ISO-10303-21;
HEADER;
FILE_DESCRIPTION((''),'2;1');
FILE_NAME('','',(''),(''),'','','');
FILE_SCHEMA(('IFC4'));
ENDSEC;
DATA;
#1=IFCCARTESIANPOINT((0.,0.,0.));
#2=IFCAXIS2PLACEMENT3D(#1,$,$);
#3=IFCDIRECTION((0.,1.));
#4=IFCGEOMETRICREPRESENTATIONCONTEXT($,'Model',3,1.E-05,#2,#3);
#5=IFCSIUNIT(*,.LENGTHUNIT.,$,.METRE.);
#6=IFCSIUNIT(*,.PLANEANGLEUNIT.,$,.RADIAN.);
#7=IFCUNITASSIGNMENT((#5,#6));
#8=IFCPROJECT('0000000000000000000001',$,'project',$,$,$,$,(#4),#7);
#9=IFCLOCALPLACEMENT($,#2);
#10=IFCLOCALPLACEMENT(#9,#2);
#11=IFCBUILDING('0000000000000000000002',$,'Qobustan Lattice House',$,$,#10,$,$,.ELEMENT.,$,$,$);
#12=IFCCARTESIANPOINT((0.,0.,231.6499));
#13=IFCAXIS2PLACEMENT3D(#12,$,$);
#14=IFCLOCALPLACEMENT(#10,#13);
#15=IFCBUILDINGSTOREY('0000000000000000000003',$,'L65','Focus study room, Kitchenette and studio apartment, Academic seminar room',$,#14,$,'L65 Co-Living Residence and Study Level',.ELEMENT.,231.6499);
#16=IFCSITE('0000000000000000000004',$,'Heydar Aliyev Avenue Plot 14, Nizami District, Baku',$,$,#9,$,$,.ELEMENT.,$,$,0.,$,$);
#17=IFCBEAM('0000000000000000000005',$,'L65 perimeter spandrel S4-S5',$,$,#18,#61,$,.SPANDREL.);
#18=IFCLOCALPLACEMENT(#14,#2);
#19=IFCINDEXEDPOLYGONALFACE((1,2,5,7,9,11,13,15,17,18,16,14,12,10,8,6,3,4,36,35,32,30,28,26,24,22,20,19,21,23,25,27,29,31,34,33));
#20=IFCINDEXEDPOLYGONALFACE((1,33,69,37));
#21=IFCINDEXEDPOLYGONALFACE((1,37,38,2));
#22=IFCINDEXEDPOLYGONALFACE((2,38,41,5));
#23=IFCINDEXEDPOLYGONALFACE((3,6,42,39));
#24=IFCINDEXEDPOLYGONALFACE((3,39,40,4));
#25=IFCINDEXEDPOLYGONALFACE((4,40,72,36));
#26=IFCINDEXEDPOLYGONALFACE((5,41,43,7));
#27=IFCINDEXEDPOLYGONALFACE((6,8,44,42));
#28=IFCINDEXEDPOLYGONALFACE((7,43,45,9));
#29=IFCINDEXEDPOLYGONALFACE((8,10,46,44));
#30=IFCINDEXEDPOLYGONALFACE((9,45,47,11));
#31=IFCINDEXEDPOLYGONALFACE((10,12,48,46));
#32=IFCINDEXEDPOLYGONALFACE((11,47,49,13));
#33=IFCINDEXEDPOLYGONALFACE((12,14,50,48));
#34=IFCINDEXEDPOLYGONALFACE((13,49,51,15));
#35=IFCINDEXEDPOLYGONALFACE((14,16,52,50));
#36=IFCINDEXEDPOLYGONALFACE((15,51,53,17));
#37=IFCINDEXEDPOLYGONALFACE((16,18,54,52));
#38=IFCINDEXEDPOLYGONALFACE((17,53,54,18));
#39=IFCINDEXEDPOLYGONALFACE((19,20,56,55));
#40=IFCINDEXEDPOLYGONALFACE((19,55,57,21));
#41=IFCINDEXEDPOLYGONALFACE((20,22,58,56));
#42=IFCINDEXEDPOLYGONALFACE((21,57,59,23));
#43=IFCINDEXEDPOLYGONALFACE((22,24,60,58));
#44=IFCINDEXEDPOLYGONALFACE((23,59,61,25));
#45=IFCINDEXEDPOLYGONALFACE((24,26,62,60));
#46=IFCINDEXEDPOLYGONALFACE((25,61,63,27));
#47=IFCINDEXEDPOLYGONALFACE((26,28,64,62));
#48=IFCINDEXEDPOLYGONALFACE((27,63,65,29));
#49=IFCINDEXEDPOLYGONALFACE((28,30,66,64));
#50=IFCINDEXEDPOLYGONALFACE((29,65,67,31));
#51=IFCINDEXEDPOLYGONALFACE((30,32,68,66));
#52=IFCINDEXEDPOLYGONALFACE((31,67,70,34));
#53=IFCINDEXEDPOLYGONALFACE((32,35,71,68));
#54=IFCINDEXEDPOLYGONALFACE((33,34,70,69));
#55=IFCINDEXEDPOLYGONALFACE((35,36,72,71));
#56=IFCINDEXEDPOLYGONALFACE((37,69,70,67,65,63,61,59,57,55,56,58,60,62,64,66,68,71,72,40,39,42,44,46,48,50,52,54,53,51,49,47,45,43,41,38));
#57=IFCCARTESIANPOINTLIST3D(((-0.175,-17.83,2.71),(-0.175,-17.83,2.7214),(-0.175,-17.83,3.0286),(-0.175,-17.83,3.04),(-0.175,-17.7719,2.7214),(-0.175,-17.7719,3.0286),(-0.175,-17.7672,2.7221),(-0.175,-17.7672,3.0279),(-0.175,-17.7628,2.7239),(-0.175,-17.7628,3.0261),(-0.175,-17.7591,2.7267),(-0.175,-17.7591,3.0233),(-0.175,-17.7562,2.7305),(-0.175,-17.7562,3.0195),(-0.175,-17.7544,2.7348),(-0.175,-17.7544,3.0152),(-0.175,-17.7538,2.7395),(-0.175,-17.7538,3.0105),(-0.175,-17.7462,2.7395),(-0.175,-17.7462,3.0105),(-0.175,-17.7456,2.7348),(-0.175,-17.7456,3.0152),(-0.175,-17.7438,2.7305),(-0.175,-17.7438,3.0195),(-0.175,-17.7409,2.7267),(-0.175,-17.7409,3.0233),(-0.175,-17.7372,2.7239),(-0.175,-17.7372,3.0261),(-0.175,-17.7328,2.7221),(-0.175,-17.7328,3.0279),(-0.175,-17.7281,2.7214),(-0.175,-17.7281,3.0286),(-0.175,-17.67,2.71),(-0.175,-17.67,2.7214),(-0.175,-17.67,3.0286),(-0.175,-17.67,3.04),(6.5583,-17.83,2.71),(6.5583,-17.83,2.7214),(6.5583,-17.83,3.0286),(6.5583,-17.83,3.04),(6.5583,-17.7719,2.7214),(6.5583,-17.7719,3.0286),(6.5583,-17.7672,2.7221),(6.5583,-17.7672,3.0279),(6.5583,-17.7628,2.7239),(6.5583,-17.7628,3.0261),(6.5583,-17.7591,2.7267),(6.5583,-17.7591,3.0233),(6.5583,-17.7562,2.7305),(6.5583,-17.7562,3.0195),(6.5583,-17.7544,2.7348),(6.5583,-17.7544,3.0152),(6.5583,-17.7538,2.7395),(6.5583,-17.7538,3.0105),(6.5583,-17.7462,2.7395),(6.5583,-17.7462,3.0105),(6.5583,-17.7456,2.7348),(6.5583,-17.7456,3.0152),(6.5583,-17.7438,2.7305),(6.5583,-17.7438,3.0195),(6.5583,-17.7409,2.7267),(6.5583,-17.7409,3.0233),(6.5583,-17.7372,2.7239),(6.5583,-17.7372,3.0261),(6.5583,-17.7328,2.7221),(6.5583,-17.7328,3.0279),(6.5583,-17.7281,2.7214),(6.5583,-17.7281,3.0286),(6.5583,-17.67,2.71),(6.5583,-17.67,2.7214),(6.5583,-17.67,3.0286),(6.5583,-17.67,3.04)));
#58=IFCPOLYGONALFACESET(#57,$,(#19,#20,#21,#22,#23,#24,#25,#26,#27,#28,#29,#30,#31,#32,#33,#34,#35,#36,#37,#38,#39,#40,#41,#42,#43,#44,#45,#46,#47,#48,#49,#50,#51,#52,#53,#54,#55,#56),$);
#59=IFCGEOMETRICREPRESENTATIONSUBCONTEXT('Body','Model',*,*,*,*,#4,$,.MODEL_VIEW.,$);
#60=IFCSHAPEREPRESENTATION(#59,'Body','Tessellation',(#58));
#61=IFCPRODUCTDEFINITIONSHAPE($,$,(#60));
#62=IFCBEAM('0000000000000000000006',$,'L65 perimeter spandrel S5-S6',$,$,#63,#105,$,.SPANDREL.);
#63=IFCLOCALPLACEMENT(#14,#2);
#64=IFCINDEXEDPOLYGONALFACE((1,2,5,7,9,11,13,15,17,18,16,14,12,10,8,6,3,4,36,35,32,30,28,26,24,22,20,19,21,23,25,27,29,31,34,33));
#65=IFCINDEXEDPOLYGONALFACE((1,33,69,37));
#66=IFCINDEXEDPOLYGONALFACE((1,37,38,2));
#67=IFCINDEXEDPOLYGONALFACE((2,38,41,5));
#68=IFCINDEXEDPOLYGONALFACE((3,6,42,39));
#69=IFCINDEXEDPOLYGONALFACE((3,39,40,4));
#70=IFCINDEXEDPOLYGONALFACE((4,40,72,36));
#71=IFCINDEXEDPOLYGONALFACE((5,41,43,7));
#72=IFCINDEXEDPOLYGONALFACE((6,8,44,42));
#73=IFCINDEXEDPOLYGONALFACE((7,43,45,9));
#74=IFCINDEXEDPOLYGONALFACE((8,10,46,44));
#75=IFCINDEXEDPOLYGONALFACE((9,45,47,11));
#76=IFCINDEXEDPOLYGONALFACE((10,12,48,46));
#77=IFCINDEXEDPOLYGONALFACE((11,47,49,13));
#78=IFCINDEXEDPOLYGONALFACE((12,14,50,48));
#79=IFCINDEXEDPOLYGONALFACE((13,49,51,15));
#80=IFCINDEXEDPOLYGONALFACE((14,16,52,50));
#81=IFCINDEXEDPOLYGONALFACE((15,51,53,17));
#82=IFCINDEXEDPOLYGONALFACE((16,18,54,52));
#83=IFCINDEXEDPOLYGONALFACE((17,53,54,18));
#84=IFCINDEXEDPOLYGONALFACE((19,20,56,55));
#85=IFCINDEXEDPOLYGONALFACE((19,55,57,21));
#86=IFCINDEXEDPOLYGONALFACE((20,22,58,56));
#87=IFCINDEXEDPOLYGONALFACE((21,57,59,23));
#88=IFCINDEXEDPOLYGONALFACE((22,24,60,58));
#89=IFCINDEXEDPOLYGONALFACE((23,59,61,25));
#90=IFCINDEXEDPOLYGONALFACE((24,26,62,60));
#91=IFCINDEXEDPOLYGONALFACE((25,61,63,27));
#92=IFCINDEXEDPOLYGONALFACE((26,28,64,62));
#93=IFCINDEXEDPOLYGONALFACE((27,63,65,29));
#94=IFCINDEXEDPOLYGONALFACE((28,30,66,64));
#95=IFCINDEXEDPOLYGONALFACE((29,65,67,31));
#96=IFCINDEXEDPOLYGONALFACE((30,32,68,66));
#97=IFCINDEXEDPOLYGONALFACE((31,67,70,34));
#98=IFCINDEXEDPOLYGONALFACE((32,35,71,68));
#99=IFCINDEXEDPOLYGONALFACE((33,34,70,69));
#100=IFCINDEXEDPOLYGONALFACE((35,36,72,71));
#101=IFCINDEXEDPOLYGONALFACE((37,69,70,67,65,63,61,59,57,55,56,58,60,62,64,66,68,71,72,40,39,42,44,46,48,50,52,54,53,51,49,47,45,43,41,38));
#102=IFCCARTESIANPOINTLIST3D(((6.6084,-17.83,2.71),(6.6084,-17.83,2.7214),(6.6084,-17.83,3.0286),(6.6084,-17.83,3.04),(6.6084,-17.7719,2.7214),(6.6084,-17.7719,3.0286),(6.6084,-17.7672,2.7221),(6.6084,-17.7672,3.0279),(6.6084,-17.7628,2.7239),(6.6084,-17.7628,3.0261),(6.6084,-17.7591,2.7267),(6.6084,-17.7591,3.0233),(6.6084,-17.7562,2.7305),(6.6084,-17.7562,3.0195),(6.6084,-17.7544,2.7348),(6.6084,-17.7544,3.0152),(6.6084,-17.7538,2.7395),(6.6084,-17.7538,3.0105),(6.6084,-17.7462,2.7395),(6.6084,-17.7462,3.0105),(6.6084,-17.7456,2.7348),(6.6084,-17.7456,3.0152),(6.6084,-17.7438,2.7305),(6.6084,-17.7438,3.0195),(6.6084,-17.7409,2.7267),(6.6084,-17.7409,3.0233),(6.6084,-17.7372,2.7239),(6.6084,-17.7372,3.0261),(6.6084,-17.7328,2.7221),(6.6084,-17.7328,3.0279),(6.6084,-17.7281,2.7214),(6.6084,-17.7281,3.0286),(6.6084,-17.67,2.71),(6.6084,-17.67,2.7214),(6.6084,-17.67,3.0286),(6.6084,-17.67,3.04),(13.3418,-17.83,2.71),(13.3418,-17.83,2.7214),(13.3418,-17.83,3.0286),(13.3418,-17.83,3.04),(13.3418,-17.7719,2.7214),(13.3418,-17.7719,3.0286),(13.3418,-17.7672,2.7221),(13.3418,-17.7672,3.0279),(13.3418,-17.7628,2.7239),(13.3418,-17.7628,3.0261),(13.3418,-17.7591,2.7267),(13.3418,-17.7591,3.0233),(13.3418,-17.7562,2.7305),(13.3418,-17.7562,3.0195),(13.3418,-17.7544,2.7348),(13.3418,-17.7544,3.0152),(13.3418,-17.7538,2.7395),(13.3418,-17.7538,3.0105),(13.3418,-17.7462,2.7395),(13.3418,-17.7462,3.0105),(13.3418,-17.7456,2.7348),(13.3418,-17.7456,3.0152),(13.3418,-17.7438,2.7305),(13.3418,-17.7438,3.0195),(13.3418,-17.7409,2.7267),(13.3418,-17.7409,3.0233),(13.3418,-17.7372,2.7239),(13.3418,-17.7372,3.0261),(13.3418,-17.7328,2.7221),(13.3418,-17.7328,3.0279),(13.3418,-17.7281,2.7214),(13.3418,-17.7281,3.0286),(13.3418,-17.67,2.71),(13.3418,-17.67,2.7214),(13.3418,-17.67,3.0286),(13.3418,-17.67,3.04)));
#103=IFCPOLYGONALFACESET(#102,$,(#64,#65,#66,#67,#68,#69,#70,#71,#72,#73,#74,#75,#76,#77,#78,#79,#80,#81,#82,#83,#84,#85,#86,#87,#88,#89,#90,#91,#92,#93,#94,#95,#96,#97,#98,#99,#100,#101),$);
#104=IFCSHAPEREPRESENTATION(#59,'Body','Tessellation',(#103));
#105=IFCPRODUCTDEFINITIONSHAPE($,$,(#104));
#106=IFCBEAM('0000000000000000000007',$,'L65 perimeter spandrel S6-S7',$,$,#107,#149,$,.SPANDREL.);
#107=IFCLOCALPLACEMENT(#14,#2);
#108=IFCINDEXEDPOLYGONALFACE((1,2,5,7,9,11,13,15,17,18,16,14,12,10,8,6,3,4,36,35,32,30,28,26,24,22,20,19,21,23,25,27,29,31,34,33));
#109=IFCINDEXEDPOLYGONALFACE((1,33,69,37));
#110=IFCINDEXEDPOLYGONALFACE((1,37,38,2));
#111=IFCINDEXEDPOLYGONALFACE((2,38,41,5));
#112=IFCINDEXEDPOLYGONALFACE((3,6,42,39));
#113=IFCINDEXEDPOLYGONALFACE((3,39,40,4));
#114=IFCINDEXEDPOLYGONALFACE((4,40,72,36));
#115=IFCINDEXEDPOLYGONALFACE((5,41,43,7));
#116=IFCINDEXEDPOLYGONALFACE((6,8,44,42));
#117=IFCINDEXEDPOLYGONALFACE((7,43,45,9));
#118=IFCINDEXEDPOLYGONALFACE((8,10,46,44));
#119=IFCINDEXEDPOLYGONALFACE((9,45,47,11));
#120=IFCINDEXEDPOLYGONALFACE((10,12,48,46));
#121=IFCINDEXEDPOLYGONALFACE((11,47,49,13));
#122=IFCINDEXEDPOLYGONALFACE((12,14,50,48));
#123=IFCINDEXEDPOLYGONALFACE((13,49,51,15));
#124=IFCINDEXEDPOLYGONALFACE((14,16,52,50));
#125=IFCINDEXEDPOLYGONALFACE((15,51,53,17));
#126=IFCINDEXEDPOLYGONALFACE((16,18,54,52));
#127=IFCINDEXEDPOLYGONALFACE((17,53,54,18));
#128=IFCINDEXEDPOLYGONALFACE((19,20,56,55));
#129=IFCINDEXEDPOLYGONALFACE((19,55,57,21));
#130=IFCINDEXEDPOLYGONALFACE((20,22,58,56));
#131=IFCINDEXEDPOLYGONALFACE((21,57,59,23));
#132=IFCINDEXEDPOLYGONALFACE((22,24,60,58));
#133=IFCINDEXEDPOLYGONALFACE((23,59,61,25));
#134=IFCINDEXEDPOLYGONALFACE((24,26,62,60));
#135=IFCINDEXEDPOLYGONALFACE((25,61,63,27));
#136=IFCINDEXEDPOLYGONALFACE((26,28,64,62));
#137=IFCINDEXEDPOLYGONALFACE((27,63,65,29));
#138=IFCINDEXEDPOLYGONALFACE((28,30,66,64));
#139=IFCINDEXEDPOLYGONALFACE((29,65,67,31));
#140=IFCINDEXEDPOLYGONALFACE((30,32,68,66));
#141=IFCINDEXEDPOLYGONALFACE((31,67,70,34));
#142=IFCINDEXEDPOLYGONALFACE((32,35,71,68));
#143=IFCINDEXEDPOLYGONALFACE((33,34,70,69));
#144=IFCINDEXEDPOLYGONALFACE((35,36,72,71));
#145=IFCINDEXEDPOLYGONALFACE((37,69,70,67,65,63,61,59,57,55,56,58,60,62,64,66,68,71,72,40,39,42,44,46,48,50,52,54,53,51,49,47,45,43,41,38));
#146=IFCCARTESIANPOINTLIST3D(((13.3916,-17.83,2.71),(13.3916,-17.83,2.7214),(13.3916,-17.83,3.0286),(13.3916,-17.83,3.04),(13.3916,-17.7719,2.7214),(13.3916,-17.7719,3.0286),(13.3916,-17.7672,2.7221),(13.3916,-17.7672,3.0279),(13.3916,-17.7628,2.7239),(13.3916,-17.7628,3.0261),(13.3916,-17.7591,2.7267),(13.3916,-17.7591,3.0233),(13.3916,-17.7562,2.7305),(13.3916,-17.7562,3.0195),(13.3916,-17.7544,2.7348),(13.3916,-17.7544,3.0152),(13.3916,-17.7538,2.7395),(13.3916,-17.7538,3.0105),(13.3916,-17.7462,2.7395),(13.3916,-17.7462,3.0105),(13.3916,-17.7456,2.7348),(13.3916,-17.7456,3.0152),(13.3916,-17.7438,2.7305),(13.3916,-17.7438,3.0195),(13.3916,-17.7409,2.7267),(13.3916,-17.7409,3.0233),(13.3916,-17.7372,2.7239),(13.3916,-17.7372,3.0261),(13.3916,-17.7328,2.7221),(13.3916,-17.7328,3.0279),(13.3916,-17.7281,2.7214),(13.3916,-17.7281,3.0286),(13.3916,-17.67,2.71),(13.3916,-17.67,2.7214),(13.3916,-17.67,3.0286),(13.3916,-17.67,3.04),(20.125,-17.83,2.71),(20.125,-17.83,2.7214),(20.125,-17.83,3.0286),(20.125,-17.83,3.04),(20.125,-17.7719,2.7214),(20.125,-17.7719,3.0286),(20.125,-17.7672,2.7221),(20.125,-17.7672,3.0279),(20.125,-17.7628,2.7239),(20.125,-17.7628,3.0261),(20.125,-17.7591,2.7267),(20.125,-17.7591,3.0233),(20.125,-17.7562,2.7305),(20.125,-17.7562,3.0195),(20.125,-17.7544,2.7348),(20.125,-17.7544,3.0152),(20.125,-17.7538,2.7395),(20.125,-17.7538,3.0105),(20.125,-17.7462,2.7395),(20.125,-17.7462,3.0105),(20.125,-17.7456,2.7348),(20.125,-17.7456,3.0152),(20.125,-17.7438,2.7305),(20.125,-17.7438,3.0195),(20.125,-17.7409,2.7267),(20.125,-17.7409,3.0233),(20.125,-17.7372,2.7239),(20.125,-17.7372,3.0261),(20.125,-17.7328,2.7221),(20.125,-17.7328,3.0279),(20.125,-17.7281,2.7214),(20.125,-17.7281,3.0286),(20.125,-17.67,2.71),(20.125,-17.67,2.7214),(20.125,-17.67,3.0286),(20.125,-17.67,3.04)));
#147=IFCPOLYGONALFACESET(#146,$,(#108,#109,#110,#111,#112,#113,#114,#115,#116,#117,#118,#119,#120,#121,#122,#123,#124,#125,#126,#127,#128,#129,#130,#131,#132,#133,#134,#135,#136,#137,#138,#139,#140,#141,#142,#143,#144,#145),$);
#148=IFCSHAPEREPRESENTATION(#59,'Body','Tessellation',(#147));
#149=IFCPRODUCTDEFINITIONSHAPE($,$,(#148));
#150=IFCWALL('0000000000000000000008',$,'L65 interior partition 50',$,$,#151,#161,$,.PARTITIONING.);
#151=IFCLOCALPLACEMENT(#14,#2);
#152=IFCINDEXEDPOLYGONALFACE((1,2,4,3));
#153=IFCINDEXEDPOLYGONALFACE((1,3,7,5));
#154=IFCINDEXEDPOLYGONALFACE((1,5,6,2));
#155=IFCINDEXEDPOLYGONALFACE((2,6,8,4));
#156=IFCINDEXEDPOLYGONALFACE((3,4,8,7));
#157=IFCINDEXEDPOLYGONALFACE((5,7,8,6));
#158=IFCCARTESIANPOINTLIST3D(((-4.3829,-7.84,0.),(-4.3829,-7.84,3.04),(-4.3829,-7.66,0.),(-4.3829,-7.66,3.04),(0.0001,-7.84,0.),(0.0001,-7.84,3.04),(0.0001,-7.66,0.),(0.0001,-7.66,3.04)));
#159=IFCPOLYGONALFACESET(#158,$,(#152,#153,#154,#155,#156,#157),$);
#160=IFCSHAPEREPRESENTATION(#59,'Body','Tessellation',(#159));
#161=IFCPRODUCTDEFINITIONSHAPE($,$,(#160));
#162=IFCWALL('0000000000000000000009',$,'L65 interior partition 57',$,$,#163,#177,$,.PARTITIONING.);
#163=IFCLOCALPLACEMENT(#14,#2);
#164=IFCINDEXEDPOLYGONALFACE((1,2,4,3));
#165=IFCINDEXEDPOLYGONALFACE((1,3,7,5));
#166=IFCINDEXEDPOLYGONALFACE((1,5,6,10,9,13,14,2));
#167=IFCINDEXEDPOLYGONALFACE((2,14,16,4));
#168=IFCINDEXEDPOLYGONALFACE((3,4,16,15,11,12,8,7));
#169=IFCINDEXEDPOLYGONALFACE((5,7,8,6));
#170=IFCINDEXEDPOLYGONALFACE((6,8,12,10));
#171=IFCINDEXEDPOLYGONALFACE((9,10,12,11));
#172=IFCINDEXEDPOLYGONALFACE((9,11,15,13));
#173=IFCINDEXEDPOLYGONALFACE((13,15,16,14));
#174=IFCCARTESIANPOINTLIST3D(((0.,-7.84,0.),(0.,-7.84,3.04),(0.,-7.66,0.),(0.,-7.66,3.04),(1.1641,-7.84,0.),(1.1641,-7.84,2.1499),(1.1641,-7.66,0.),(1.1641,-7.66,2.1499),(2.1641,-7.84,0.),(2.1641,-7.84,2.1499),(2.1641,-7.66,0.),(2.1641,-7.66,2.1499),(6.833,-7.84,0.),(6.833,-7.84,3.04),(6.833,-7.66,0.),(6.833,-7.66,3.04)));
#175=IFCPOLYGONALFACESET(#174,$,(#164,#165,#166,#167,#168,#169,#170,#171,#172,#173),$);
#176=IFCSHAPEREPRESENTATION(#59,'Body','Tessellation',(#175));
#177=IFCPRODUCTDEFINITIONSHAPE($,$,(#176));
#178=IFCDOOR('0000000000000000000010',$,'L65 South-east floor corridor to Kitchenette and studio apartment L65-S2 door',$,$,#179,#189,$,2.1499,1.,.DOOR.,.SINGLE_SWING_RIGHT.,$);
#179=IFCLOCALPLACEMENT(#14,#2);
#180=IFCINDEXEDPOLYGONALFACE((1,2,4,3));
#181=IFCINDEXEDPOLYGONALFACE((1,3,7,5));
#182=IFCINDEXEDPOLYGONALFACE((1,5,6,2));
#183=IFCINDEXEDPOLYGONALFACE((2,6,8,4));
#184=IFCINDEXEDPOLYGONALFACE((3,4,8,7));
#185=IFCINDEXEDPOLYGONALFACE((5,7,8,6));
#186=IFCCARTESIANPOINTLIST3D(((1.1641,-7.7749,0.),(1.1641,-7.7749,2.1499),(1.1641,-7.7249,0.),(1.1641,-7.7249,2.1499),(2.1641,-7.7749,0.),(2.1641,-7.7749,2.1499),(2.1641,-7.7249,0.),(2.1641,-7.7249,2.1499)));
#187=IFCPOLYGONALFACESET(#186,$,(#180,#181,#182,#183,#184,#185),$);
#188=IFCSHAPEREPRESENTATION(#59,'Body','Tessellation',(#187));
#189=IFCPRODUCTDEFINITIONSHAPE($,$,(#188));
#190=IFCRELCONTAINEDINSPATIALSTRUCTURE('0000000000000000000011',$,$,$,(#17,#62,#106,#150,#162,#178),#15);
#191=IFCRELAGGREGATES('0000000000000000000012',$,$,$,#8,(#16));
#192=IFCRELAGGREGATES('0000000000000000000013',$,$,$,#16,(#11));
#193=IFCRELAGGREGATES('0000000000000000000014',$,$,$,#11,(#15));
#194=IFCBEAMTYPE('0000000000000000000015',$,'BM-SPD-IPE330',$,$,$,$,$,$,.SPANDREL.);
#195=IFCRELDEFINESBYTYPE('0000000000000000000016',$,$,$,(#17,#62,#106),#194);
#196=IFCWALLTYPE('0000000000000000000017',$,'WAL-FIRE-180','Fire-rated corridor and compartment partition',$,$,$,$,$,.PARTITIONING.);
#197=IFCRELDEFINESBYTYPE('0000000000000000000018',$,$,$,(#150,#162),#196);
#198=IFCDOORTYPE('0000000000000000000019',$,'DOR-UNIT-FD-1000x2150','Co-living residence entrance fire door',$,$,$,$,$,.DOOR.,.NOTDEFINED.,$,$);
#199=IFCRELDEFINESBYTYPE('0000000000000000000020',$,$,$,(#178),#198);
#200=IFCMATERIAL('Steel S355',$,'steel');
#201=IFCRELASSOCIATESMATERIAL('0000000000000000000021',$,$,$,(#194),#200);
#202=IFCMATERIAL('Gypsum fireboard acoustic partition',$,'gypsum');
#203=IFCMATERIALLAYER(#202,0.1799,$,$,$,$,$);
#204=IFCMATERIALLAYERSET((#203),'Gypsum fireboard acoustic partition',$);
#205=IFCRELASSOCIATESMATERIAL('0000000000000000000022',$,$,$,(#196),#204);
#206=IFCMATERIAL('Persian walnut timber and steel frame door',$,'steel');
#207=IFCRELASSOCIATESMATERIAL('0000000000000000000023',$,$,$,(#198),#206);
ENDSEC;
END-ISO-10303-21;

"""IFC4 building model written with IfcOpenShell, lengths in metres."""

from ifc_helpers import new_model, si_unit, direction, frame, frame_2d, origin, origin_2d, place, context, subcontext, project, spatial, rectangle, i_section, extrude, material, layer, layer_set, material_profile, profile_set, type_object, element, fill, save


model = new_model("IFC4")

# Units and contexts
model_context = context("Model", 3, precision=1e-05, world=origin(), true_north=direction((0.0, 1.0)))
body_context = subcontext(model_context, "Body", "Model", "MODEL_VIEW")
ifc_project = project(units=[si_unit("LENGTHUNIT", "METRE"), si_unit("PLANEANGLEUNIT", "RADIAN")], contexts=[model_context])

# Site, building, storey
site_placement = place(None, origin())
site = spatial("IfcSite", under=ifc_project, at=site_placement, Name="Heydar Aliyev Avenue Plot 14, Nizami District, Baku", CompositionType="ELEMENT", RefElevation=0.0)
building_placement = place(site_placement, origin())
building = spatial("IfcBuilding", under=site, at=building_placement, Name="Qobustan Lattice House", CompositionType="ELEMENT")
storey_placement = place(building_placement, frame((0.0, 0.0, 231.6499)))
storey = spatial("IfcBuildingStorey", under=building, at=storey_placement, Name="L65", Description="Focus study room, Kitchenette and studio apartment, Academic seminar room", LongName="L65 Co-Living Residence and Study Level", CompositionType="ELEMENT", Elevation=231.6499)

# Beams
ifc_material_1 = material(Name="Steel S355", Category="steel")
ifc_material_profile_1 = material_profile(ifc_material_1, i_section(OverallWidth=0.1599, OverallDepth=0.3301, WebThickness=0.0076, FlangeThickness=0.0115, FilletRadius=0.0181, at=origin_2d()), Name="IPE330")
ifc_profile_set_1 = profile_set([ifc_material_profile_1], Name="Steel S355")
beam_type_1 = type_object("IfcBeamType", Name="BM-SPD-IPE330", PredefinedType="SPANDREL", material=ifc_profile_set_1)
for number, where, z_axis, x_axis, name in (
    (1, (-0.175, -17.75, 2.875), (1.0, 0.0, 0.0), (0.0, 1.0, 0.0), "L65 perimeter spandrel S4-S5"),
    (2, (6.6084, -17.75, 2.875), (1.0, 0.0, 0.0), (0.0, 1.0, 0.0), "L65 perimeter spandrel S5-S6"),
    (3, (13.3916, -17.75, 2.875), (1.0, 0.0, 0.0), (0.0, 1.0, 0.0), "L65 perimeter spandrel S6-S7"),
):
    element("IfcBeam", number, at=place(storey_placement, frame(where, z_axis=z_axis, x_axis=x_axis)), inside=storey, type_object=beam_type_1, Name=name, PredefinedType="SPANDREL", context=body_context, shape_type="SweptSolid", body=[
        extrude(i_section(OverallWidth=0.1599, OverallDepth=0.3301, WebThickness=0.0076, FlangeThickness=0.0115, FilletRadius=0.0181, at=origin_2d()), origin(), (0.0, 0.0, 1.0), 6.7334),
    ])

# Wall
ifc_material_2 = material(Name="Gypsum fireboard acoustic partition", Category="gypsum")
ifc_layer_1 = layer(ifc_material_2, 0.1799)
ifc_layer_set_1 = layer_set([ifc_layer_1], Name="Gypsum fireboard acoustic partition")
wall_type_1 = type_object("IfcWallType", Name="WAL-FIRE-180", Description="Fire-rated corridor and compartment partition", PredefinedType="PARTITIONING", material=ifc_layer_set_1)
wall_1_placement = place(storey_placement, frame((0.0, -7.75, 0.0), z_axis=(0.0, 0.0, 1.0), x_axis=(-1.0, 0.0, 0.0)))
element("IfcWall", 4, at=wall_1_placement, inside=storey, type_object=wall_type_1, Name="L65 interior partition 50", PredefinedType="PARTITIONING", context=body_context, shape_type="SweptSolid", body=[
    extrude(rectangle(XDim=4.3831, YDim=0.1799, at=frame_2d((2.1914, 0.0))), origin(), (0.0, 0.0, 1.0), 3.04),
])

# Wall, opening, door
wall_2_placement = place(storey_placement, frame((6.833, -7.75, 0.0), z_axis=(0.0, 0.0, 1.0), x_axis=(-1.0, 0.0, 0.0)))
wall_2 = element("IfcWall", 5, at=wall_2_placement, inside=storey, type_object=wall_type_1, Name="L65 interior partition 57", PredefinedType="PARTITIONING", context=body_context, shape_type="SweptSolid", body=[
    extrude(rectangle(XDim=6.833, YDim=0.1799, at=frame_2d((3.4165, 0.0))), origin(), (0.0, 0.0, 1.0), 3.04),
])
opening_1_placement = place(wall_2_placement, frame((4.6689, 0.0, 0.0)))
opening_1 = element("IfcOpeningElement", 6, at=opening_1_placement, cuts=wall_2, PredefinedType="OPENING", context=body_context, shape_type="SweptSolid", body=[
    extrude(rectangle(XDim=1.0, YDim=2.1499, at=frame_2d((0.5, 1.075))), frame((0.0, 0.0999, 0.0), z_axis=(0.0, -1.0, 0.0), x_axis=(1.0, 0.0, 0.0)), (0.0, 0.0, 1.0), 0.2),
])
ifc_material_3 = material(Name="Persian walnut timber and steel frame door", Category="steel")
door_type_1 = type_object("IfcDoorType", Name="DOR-UNIT-FD-1000x2150", Description="Co-living residence entrance fire door", OperationType="NOTDEFINED", PredefinedType="DOOR", material=ifc_material_3)
door_1_placement = place(opening_1_placement, origin())
door_1 = element("IfcDoor", 7, at=door_1_placement, inside=storey, type_object=door_type_1, Name="L65 South-east floor corridor to Kitchenette and studio apartment L65-S2 door", OperationType="SINGLE_SWING_RIGHT", OverallHeight=2.1499, OverallWidth=1.0, PredefinedType="DOOR", context=body_context, shape_type="SweptSolid", body=[
    extrude(rectangle(XDim=1.0, YDim=2.1499, at=frame_2d((0.5, 1.075))), frame((0.0, 0.0249, 0.0), z_axis=(0.0, -1.0, 0.0), x_axis=(1.0, 0.0, 0.0)), (0.0, 0.0, 1.0), 0.05),
])
fill(opening_1, door_1)

save(model, "model.ifc")
